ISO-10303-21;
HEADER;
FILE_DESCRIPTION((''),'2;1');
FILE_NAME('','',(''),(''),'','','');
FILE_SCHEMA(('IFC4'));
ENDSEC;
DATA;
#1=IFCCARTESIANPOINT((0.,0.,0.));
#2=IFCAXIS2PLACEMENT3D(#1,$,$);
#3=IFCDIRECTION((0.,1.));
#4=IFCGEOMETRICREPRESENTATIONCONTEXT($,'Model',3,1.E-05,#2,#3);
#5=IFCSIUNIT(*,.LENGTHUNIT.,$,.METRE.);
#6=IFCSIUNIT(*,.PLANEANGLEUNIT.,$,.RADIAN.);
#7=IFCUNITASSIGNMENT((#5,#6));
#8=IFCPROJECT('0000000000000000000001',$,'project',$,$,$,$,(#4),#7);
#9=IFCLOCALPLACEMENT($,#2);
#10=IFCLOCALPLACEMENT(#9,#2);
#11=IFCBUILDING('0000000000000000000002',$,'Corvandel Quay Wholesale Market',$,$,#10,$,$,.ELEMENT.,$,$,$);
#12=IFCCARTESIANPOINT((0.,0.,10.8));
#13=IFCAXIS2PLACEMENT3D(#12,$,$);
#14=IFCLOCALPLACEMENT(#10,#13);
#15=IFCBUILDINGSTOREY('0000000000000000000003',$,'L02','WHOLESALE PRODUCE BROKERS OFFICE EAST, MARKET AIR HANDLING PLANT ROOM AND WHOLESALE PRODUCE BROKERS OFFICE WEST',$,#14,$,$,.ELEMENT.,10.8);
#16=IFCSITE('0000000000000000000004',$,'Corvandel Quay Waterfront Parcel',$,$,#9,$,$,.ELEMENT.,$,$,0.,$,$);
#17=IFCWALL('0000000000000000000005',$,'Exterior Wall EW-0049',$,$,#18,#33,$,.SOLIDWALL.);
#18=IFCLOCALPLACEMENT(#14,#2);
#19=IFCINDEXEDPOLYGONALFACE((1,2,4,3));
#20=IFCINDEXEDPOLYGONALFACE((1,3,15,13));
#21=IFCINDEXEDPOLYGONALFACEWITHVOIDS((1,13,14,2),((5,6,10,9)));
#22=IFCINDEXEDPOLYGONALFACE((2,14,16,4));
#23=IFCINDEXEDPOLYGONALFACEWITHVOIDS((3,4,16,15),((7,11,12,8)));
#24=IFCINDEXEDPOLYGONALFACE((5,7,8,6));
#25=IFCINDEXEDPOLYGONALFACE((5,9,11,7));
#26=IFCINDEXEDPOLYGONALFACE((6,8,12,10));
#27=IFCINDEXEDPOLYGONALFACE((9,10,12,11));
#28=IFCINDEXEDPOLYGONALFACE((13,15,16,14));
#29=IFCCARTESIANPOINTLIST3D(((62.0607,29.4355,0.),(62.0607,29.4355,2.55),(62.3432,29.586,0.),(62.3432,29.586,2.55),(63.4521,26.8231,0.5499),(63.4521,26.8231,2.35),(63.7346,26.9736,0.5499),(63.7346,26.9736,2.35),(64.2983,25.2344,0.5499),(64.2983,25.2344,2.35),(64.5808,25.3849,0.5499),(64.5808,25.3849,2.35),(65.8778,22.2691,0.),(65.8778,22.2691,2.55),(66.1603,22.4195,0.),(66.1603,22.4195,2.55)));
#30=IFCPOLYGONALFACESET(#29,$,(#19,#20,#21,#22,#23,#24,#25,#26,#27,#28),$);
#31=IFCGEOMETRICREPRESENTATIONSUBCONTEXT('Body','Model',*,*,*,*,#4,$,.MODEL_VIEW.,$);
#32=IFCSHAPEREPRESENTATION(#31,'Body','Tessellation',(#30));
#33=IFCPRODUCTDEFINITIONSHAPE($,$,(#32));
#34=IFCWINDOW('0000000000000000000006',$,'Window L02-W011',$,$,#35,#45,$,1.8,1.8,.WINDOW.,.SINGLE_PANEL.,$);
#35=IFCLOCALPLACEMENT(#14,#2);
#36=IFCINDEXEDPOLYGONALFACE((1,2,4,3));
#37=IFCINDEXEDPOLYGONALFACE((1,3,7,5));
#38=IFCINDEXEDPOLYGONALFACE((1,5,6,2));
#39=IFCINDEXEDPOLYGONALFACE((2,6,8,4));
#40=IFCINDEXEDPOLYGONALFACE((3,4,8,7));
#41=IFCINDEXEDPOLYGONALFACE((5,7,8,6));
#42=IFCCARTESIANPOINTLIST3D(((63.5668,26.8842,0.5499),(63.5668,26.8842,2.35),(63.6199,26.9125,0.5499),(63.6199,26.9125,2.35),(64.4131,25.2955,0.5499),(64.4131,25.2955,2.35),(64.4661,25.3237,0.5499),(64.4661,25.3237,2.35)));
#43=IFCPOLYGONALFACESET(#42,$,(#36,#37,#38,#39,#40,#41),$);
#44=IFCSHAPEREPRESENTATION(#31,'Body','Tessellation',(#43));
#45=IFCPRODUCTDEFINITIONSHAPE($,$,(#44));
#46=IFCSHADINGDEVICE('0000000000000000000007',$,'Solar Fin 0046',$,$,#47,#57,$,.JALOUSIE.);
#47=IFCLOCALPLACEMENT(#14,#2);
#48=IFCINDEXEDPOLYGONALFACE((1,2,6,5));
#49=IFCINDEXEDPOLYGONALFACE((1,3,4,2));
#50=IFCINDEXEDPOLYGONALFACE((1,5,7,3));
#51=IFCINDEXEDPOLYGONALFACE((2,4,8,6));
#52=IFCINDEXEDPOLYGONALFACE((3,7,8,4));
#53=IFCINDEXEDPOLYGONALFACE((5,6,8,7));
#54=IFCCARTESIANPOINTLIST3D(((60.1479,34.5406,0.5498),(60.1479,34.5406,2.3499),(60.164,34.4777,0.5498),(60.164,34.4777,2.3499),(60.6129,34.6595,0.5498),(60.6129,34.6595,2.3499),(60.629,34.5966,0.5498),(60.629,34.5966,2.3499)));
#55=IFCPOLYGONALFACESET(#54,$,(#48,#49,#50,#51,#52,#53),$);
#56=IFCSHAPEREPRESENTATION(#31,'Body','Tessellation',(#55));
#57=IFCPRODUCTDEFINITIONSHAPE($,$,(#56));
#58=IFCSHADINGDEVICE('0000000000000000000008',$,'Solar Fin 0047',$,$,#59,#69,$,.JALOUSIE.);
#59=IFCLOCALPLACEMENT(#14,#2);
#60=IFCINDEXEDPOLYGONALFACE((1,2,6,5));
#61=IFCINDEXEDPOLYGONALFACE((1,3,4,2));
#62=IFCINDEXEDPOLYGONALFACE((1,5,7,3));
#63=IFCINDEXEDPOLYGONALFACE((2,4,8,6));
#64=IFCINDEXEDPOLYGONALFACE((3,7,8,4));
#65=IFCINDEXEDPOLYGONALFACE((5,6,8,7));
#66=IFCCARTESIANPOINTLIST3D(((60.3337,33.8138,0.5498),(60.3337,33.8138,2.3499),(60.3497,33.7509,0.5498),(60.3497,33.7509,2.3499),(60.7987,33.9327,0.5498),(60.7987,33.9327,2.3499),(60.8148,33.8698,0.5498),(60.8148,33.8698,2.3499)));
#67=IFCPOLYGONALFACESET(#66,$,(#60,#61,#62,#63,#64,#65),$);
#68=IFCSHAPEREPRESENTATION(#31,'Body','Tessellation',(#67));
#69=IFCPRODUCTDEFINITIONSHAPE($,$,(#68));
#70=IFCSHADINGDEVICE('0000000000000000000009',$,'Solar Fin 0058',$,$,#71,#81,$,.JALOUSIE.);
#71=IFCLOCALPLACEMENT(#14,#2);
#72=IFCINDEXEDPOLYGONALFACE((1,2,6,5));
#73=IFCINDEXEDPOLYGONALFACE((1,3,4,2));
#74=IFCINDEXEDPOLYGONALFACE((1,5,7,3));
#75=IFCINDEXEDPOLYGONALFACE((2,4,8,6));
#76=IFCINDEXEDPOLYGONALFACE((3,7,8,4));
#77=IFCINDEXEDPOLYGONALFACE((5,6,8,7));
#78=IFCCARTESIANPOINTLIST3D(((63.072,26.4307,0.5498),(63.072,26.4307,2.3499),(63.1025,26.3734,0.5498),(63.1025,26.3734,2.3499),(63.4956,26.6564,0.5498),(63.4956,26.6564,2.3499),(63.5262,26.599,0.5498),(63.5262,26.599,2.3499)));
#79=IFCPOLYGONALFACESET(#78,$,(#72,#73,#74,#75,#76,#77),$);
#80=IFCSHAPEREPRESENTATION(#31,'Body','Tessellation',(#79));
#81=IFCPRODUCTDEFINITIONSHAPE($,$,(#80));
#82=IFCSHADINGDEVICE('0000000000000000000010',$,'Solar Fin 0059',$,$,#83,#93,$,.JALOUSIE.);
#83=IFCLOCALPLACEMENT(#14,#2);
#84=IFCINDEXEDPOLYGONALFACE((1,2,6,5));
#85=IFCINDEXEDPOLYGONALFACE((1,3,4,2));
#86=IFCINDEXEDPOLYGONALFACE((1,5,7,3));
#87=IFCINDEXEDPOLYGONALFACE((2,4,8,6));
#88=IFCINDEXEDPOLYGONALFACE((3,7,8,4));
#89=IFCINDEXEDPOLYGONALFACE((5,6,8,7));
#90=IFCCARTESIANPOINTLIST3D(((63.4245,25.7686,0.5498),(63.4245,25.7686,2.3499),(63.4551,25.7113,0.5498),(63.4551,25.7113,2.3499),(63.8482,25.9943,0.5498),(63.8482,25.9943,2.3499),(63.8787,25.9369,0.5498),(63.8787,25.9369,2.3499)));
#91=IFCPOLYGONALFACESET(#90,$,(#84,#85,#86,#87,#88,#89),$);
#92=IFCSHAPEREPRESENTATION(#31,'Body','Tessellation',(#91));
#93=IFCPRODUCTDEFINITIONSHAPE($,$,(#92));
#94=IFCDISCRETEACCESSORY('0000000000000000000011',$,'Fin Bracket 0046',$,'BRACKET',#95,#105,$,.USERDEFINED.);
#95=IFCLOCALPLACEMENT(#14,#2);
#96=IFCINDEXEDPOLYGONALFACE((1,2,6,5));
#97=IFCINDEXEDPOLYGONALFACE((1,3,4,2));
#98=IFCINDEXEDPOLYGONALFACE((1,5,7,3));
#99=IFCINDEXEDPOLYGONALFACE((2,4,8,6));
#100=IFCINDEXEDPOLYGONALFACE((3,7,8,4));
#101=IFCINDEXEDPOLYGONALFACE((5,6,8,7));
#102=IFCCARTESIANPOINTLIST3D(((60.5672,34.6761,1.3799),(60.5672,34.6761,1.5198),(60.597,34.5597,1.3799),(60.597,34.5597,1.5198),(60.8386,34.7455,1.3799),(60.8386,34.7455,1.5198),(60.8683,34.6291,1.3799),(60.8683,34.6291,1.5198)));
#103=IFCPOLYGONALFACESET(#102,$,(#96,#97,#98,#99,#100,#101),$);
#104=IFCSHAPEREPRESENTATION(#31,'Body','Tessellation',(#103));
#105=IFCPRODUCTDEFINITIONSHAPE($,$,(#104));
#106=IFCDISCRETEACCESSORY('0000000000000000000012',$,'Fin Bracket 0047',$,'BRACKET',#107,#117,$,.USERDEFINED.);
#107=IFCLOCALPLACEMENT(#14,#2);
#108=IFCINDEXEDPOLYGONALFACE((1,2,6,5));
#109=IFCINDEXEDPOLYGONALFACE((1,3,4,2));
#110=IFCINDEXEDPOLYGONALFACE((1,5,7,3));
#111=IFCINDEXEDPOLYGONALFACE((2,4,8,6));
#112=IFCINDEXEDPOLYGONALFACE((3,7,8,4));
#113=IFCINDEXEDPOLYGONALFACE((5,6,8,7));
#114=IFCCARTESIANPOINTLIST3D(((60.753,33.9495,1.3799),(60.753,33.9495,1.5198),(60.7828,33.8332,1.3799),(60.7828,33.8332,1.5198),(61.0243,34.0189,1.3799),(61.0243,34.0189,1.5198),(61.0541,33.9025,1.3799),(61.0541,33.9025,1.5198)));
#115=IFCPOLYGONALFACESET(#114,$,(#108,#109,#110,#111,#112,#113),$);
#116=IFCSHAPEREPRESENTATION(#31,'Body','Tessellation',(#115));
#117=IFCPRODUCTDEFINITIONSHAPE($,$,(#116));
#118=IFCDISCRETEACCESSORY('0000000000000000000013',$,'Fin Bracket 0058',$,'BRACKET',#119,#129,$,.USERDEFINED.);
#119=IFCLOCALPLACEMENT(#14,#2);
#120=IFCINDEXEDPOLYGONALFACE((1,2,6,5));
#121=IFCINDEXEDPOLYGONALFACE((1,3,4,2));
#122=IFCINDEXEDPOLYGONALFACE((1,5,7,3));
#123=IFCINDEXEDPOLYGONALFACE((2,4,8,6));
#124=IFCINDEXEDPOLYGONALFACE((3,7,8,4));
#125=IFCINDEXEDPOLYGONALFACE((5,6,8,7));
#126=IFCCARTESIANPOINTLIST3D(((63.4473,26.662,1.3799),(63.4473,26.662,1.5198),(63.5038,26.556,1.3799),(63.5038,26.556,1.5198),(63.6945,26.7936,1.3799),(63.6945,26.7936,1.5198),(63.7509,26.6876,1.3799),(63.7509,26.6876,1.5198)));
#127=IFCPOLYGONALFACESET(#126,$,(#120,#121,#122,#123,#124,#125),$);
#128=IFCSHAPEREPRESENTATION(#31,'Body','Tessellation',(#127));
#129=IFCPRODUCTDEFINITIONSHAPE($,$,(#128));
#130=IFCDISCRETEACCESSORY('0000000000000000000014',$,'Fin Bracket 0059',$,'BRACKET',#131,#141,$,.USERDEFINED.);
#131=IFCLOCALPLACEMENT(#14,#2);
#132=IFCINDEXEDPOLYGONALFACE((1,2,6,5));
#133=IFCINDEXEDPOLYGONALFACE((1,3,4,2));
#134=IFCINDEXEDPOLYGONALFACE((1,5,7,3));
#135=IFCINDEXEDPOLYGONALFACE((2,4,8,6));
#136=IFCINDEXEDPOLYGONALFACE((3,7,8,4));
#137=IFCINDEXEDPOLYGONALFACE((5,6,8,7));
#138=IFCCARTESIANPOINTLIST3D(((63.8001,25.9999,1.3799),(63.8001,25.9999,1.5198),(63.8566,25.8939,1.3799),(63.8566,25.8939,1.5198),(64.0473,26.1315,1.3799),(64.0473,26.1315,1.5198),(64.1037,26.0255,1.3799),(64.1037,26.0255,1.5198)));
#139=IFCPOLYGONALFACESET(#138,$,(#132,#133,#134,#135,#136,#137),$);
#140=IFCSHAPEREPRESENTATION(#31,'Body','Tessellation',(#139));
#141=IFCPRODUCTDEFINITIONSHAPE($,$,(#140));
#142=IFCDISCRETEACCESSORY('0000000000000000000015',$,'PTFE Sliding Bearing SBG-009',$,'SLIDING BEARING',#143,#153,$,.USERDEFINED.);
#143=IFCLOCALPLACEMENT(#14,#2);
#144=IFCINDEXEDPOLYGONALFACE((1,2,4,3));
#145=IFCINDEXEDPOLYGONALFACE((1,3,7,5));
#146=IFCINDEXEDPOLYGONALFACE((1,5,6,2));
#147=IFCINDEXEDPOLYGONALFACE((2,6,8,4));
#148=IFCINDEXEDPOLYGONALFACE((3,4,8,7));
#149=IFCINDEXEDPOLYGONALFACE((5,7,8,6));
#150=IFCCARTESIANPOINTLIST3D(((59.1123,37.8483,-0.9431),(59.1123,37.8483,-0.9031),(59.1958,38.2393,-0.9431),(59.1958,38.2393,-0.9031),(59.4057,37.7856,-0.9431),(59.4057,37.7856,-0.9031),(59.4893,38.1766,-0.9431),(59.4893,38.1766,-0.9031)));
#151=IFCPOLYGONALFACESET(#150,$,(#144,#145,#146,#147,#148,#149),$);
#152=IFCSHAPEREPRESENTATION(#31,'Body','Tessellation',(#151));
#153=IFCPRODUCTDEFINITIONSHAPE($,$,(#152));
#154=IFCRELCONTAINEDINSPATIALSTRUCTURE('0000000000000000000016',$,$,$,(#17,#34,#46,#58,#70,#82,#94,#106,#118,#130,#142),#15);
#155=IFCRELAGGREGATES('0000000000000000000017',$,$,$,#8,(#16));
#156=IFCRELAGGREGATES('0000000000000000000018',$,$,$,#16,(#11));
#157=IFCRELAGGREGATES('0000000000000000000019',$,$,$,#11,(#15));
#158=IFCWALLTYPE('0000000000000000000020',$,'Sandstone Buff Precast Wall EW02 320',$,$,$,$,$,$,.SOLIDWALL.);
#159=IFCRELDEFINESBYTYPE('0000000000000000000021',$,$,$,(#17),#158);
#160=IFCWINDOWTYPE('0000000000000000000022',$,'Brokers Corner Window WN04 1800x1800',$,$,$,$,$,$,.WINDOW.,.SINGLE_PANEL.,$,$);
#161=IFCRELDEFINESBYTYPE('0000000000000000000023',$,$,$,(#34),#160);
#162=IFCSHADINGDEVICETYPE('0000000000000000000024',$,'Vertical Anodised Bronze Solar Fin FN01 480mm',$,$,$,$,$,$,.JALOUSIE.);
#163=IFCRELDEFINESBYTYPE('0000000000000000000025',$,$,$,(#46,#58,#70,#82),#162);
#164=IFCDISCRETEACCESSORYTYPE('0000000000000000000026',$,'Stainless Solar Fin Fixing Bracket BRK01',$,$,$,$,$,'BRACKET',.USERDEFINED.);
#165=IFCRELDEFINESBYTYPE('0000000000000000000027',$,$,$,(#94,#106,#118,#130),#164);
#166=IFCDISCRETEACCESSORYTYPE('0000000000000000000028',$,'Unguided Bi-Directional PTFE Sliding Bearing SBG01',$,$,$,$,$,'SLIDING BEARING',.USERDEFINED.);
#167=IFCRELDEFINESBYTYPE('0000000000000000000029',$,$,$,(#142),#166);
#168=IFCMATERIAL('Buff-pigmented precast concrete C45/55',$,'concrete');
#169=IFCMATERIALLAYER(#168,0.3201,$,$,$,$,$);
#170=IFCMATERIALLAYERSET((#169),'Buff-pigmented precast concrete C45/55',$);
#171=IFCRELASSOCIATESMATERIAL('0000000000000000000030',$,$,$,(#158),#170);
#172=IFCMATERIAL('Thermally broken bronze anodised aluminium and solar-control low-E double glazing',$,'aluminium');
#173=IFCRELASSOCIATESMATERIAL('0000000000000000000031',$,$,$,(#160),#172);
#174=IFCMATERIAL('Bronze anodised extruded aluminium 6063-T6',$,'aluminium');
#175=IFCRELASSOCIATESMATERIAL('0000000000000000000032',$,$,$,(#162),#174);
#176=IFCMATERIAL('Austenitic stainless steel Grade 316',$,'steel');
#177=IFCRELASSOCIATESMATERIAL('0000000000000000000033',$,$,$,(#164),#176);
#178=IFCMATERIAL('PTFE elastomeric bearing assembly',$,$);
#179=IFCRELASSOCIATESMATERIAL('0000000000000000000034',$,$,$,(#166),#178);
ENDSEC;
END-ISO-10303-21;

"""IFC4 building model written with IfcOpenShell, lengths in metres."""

from ifc_helpers import new_model, si_unit, direction, frame, frame_2d, origin, origin_2d, place, context, subcontext, project, spatial, rectangle, extrude, material, layer, layer_set, type_object, element, fill, save


model = new_model("IFC4")

# Units and contexts
model_context = context("Model", 3, precision=1e-05, world=origin(), true_north=direction((0.0, 1.0)))
body_context = subcontext(model_context, "Body", "Model", "MODEL_VIEW")
ifc_project = project(units=[si_unit("LENGTHUNIT", "METRE"), si_unit("PLANEANGLEUNIT", "RADIAN")], contexts=[model_context])

# Site, building, storey
site_placement = place(None, origin())
site = spatial("IfcSite", under=ifc_project, at=site_placement, Name="Corvandel Quay Waterfront Parcel", CompositionType="ELEMENT", RefElevation=0.0)
building_placement = place(site_placement, origin())
building = spatial("IfcBuilding", under=site, at=building_placement, Name="Corvandel Quay Wholesale Market", CompositionType="ELEMENT")
storey_placement = place(building_placement, frame((0.0, 0.0, 10.8)))
storey = spatial("IfcBuildingStorey", under=building, at=storey_placement, Name="L02", Description="WHOLESALE PRODUCE BROKERS OFFICE EAST, MARKET AIR HANDLING PLANT ROOM AND WHOLESALE PRODUCE BROKERS OFFICE WEST", CompositionType="ELEMENT", Elevation=10.8)

# Wall, opening, window
ifc_material_1 = material(Name="Buff-pigmented precast concrete C45/55", Category="concrete")
ifc_layer_1 = layer(ifc_material_1, 0.3201)
ifc_layer_set_1 = layer_set([ifc_layer_1], Name="Buff-pigmented precast concrete C45/55")
wall_type_1 = type_object("IfcWallType", Name="Sandstone Buff Precast Wall EW02 320", PredefinedType="SOLIDWALL", material=ifc_layer_set_1)
ifc_material_2 = material(Name="Thermally broken bronze anodised aluminium and solar-control low-E double glazing", Category="aluminium")
wall_1_placement = place(storey_placement, frame((62.2019, 29.5107, 0.0), z_axis=(0.0, 0.0, 1.0), x_axis=(0.470109, -0.882608, 0.0)))
wall_1 = element("IfcWall", 1, at=wall_1_placement, inside=storey, type_object=wall_type_1, Name="Exterior Wall EW-0049", PredefinedType="SOLIDWALL", context=body_context, shape_type="SweptSolid", body=[
    extrude(rectangle(XDim=8.1196, YDim=0.3201, at=frame_2d((4.0598, 0.0))), origin(), (0.0, 0.0, 1.0), 2.55),
])
opening_1_placement = place(wall_1_placement, frame((2.96, 0.0, 0.55)))
opening_1 = element("IfcOpeningElement", 2, at=opening_1_placement, cuts=wall_1, PredefinedType="OPENING", context=body_context, shape_type="SweptSolid", body=[
    extrude(rectangle(XDim=1.8, YDim=1.8, at=frame_2d((0.8999, 0.8999))), frame((0.0, 0.1699, 0.0), z_axis=(0.0, -1.0, 0.0), x_axis=(1.0, 0.0, 0.0)), (0.0, 0.0, 1.0), 0.3401),
])
window_type_1 = type_object("IfcWindowType", Name="Brokers Corner Window WN04 1800x1800", PartitioningType="SINGLE_PANEL", PredefinedType="WINDOW", material=ifc_material_2)
window_1_placement = place(opening_1_placement, origin())
window_1 = element("IfcWindow", 3, at=window_1_placement, inside=storey, type_object=window_type_1, Name="Window L02-W011", OverallHeight=1.8, OverallWidth=1.8, PartitioningType="SINGLE_PANEL", PredefinedType="WINDOW", context=body_context, shape_type="SweptSolid", body=[
    extrude(rectangle(XDim=1.8, YDim=1.8, at=frame_2d((0.8999, 0.8999))), frame((0.0, 0.03, 0.0), z_axis=(0.0, -1.0, 0.0), x_axis=(1.0, 0.0, 0.0)), (0.0, 0.0, 1.0), 0.0601),
])
fill(opening_1, window_1)

# Shading devices
ifc_material_3 = material(Name="Bronze anodised extruded aluminium 6063-T6", Category="aluminium")
shading_device_type = type_object("IfcShadingDeviceType", Name="Vertical Anodised Bronze Solar Fin FN01 480mm", PredefinedType="JALOUSIE", material=ifc_material_3)
for number, where, z_axis, x_axis, name in (
    (4, (60.3884, 34.5686, 0.5498), (0.0, 0.0, 1.0), (0.968843, 0.247675, 0.0), "Solar Fin 0046"),
    (5, (60.5742, 33.8418, 0.5498), (0.0, 0.0, 1.0), (0.968843, 0.247675, 0.0), "Solar Fin 0047"),
    (6, (63.2991, 26.5149, 0.5498), (0.0, 0.0, 1.0), (0.88262, 0.470088, 0.0), "Solar Fin 0058"),
    (7, (63.6516, 25.8528, 0.5498), (0.0, 0.0, 1.0), (0.88262, 0.470088, 0.0), "Solar Fin 0059"),
):
    element("IfcShadingDevice", number, at=place(storey_placement, frame(where, z_axis=z_axis, x_axis=x_axis)), inside=storey, type_object=shading_device_type, Name=name, PredefinedType="JALOUSIE", context=body_context, shape_type="SweptSolid", body=[
        extrude(rectangle(XDim=0.48, YDim=0.0649, at=origin_2d()), origin(), (0.0, 0.0, 1.0), 1.8),
    ])

# Discrete accessories
ifc_material_4 = material(Name="Austenitic stainless steel Grade 316", Category="steel")
discrete_accessory_type_1 = type_object("IfcDiscreteAccessoryType", Name="Stainless Solar Fin Fixing Bracket BRK01", ElementType="BRACKET", PredefinedType="USERDEFINED", material=ifc_material_4)
for number, where, z_axis, x_axis, name in (
    (8, (60.7178, 34.6526, 1.3799), (0.0, 0.0, 1.0), (0.968843, 0.247675, 0.0), "Fin Bracket 0046"),
    (9, (60.9036, 33.926, 1.3799), (0.0, 0.0, 1.0), (0.968843, 0.247675, 0.0), "Fin Bracket 0047"),
    (10, (63.5991, 26.6748, 1.3799), (0.0, 0.0, 1.0), (0.88262, 0.470088, 0.0), "Fin Bracket 0058"),
    (11, (63.9519, 26.0127, 1.3799), (0.0, 0.0, 1.0), (0.88262, 0.470088, 0.0), "Fin Bracket 0059"),
):
    element("IfcDiscreteAccessory", number, at=place(storey_placement, frame(where, z_axis=z_axis, x_axis=x_axis)), inside=storey, type_object=discrete_accessory_type_1, Name=name, ObjectType="BRACKET", PredefinedType="USERDEFINED", context=body_context, shape_type="SweptSolid", body=[
        extrude(rectangle(XDim=0.28, YDim=0.1201, at=origin_2d()), origin(), (0.0, 0.0, 1.0), 0.1399),
    ])
ifc_material_5 = material(Name="PTFE elastomeric bearing assembly")
discrete_accessory_type_2 = type_object("IfcDiscreteAccessoryType", Name="Unguided Bi-Directional PTFE Sliding Bearing SBG01", ElementType="SLIDING BEARING", PredefinedType="USERDEFINED", material=ifc_material_5)
discrete_accessory_placement = place(storey_placement, frame((59.3008, 38.0125, -0.9431), z_axis=(0.0, 0.0, 1.0), x_axis=(-0.977929, 0.208936, 0.0)))
element("IfcDiscreteAccessory", 12, at=discrete_accessory_placement, inside=storey, type_object=discrete_accessory_type_2, Name="PTFE Sliding Bearing SBG-009", ObjectType="SLIDING BEARING", PredefinedType="USERDEFINED", context=body_context, shape_type="SweptSolid", body=[
    extrude(rectangle(XDim=0.3, YDim=0.3999, at=origin_2d()), origin(), (0.0, 0.0, 1.0), 0.04),
])

save(model, "model.ifc")
